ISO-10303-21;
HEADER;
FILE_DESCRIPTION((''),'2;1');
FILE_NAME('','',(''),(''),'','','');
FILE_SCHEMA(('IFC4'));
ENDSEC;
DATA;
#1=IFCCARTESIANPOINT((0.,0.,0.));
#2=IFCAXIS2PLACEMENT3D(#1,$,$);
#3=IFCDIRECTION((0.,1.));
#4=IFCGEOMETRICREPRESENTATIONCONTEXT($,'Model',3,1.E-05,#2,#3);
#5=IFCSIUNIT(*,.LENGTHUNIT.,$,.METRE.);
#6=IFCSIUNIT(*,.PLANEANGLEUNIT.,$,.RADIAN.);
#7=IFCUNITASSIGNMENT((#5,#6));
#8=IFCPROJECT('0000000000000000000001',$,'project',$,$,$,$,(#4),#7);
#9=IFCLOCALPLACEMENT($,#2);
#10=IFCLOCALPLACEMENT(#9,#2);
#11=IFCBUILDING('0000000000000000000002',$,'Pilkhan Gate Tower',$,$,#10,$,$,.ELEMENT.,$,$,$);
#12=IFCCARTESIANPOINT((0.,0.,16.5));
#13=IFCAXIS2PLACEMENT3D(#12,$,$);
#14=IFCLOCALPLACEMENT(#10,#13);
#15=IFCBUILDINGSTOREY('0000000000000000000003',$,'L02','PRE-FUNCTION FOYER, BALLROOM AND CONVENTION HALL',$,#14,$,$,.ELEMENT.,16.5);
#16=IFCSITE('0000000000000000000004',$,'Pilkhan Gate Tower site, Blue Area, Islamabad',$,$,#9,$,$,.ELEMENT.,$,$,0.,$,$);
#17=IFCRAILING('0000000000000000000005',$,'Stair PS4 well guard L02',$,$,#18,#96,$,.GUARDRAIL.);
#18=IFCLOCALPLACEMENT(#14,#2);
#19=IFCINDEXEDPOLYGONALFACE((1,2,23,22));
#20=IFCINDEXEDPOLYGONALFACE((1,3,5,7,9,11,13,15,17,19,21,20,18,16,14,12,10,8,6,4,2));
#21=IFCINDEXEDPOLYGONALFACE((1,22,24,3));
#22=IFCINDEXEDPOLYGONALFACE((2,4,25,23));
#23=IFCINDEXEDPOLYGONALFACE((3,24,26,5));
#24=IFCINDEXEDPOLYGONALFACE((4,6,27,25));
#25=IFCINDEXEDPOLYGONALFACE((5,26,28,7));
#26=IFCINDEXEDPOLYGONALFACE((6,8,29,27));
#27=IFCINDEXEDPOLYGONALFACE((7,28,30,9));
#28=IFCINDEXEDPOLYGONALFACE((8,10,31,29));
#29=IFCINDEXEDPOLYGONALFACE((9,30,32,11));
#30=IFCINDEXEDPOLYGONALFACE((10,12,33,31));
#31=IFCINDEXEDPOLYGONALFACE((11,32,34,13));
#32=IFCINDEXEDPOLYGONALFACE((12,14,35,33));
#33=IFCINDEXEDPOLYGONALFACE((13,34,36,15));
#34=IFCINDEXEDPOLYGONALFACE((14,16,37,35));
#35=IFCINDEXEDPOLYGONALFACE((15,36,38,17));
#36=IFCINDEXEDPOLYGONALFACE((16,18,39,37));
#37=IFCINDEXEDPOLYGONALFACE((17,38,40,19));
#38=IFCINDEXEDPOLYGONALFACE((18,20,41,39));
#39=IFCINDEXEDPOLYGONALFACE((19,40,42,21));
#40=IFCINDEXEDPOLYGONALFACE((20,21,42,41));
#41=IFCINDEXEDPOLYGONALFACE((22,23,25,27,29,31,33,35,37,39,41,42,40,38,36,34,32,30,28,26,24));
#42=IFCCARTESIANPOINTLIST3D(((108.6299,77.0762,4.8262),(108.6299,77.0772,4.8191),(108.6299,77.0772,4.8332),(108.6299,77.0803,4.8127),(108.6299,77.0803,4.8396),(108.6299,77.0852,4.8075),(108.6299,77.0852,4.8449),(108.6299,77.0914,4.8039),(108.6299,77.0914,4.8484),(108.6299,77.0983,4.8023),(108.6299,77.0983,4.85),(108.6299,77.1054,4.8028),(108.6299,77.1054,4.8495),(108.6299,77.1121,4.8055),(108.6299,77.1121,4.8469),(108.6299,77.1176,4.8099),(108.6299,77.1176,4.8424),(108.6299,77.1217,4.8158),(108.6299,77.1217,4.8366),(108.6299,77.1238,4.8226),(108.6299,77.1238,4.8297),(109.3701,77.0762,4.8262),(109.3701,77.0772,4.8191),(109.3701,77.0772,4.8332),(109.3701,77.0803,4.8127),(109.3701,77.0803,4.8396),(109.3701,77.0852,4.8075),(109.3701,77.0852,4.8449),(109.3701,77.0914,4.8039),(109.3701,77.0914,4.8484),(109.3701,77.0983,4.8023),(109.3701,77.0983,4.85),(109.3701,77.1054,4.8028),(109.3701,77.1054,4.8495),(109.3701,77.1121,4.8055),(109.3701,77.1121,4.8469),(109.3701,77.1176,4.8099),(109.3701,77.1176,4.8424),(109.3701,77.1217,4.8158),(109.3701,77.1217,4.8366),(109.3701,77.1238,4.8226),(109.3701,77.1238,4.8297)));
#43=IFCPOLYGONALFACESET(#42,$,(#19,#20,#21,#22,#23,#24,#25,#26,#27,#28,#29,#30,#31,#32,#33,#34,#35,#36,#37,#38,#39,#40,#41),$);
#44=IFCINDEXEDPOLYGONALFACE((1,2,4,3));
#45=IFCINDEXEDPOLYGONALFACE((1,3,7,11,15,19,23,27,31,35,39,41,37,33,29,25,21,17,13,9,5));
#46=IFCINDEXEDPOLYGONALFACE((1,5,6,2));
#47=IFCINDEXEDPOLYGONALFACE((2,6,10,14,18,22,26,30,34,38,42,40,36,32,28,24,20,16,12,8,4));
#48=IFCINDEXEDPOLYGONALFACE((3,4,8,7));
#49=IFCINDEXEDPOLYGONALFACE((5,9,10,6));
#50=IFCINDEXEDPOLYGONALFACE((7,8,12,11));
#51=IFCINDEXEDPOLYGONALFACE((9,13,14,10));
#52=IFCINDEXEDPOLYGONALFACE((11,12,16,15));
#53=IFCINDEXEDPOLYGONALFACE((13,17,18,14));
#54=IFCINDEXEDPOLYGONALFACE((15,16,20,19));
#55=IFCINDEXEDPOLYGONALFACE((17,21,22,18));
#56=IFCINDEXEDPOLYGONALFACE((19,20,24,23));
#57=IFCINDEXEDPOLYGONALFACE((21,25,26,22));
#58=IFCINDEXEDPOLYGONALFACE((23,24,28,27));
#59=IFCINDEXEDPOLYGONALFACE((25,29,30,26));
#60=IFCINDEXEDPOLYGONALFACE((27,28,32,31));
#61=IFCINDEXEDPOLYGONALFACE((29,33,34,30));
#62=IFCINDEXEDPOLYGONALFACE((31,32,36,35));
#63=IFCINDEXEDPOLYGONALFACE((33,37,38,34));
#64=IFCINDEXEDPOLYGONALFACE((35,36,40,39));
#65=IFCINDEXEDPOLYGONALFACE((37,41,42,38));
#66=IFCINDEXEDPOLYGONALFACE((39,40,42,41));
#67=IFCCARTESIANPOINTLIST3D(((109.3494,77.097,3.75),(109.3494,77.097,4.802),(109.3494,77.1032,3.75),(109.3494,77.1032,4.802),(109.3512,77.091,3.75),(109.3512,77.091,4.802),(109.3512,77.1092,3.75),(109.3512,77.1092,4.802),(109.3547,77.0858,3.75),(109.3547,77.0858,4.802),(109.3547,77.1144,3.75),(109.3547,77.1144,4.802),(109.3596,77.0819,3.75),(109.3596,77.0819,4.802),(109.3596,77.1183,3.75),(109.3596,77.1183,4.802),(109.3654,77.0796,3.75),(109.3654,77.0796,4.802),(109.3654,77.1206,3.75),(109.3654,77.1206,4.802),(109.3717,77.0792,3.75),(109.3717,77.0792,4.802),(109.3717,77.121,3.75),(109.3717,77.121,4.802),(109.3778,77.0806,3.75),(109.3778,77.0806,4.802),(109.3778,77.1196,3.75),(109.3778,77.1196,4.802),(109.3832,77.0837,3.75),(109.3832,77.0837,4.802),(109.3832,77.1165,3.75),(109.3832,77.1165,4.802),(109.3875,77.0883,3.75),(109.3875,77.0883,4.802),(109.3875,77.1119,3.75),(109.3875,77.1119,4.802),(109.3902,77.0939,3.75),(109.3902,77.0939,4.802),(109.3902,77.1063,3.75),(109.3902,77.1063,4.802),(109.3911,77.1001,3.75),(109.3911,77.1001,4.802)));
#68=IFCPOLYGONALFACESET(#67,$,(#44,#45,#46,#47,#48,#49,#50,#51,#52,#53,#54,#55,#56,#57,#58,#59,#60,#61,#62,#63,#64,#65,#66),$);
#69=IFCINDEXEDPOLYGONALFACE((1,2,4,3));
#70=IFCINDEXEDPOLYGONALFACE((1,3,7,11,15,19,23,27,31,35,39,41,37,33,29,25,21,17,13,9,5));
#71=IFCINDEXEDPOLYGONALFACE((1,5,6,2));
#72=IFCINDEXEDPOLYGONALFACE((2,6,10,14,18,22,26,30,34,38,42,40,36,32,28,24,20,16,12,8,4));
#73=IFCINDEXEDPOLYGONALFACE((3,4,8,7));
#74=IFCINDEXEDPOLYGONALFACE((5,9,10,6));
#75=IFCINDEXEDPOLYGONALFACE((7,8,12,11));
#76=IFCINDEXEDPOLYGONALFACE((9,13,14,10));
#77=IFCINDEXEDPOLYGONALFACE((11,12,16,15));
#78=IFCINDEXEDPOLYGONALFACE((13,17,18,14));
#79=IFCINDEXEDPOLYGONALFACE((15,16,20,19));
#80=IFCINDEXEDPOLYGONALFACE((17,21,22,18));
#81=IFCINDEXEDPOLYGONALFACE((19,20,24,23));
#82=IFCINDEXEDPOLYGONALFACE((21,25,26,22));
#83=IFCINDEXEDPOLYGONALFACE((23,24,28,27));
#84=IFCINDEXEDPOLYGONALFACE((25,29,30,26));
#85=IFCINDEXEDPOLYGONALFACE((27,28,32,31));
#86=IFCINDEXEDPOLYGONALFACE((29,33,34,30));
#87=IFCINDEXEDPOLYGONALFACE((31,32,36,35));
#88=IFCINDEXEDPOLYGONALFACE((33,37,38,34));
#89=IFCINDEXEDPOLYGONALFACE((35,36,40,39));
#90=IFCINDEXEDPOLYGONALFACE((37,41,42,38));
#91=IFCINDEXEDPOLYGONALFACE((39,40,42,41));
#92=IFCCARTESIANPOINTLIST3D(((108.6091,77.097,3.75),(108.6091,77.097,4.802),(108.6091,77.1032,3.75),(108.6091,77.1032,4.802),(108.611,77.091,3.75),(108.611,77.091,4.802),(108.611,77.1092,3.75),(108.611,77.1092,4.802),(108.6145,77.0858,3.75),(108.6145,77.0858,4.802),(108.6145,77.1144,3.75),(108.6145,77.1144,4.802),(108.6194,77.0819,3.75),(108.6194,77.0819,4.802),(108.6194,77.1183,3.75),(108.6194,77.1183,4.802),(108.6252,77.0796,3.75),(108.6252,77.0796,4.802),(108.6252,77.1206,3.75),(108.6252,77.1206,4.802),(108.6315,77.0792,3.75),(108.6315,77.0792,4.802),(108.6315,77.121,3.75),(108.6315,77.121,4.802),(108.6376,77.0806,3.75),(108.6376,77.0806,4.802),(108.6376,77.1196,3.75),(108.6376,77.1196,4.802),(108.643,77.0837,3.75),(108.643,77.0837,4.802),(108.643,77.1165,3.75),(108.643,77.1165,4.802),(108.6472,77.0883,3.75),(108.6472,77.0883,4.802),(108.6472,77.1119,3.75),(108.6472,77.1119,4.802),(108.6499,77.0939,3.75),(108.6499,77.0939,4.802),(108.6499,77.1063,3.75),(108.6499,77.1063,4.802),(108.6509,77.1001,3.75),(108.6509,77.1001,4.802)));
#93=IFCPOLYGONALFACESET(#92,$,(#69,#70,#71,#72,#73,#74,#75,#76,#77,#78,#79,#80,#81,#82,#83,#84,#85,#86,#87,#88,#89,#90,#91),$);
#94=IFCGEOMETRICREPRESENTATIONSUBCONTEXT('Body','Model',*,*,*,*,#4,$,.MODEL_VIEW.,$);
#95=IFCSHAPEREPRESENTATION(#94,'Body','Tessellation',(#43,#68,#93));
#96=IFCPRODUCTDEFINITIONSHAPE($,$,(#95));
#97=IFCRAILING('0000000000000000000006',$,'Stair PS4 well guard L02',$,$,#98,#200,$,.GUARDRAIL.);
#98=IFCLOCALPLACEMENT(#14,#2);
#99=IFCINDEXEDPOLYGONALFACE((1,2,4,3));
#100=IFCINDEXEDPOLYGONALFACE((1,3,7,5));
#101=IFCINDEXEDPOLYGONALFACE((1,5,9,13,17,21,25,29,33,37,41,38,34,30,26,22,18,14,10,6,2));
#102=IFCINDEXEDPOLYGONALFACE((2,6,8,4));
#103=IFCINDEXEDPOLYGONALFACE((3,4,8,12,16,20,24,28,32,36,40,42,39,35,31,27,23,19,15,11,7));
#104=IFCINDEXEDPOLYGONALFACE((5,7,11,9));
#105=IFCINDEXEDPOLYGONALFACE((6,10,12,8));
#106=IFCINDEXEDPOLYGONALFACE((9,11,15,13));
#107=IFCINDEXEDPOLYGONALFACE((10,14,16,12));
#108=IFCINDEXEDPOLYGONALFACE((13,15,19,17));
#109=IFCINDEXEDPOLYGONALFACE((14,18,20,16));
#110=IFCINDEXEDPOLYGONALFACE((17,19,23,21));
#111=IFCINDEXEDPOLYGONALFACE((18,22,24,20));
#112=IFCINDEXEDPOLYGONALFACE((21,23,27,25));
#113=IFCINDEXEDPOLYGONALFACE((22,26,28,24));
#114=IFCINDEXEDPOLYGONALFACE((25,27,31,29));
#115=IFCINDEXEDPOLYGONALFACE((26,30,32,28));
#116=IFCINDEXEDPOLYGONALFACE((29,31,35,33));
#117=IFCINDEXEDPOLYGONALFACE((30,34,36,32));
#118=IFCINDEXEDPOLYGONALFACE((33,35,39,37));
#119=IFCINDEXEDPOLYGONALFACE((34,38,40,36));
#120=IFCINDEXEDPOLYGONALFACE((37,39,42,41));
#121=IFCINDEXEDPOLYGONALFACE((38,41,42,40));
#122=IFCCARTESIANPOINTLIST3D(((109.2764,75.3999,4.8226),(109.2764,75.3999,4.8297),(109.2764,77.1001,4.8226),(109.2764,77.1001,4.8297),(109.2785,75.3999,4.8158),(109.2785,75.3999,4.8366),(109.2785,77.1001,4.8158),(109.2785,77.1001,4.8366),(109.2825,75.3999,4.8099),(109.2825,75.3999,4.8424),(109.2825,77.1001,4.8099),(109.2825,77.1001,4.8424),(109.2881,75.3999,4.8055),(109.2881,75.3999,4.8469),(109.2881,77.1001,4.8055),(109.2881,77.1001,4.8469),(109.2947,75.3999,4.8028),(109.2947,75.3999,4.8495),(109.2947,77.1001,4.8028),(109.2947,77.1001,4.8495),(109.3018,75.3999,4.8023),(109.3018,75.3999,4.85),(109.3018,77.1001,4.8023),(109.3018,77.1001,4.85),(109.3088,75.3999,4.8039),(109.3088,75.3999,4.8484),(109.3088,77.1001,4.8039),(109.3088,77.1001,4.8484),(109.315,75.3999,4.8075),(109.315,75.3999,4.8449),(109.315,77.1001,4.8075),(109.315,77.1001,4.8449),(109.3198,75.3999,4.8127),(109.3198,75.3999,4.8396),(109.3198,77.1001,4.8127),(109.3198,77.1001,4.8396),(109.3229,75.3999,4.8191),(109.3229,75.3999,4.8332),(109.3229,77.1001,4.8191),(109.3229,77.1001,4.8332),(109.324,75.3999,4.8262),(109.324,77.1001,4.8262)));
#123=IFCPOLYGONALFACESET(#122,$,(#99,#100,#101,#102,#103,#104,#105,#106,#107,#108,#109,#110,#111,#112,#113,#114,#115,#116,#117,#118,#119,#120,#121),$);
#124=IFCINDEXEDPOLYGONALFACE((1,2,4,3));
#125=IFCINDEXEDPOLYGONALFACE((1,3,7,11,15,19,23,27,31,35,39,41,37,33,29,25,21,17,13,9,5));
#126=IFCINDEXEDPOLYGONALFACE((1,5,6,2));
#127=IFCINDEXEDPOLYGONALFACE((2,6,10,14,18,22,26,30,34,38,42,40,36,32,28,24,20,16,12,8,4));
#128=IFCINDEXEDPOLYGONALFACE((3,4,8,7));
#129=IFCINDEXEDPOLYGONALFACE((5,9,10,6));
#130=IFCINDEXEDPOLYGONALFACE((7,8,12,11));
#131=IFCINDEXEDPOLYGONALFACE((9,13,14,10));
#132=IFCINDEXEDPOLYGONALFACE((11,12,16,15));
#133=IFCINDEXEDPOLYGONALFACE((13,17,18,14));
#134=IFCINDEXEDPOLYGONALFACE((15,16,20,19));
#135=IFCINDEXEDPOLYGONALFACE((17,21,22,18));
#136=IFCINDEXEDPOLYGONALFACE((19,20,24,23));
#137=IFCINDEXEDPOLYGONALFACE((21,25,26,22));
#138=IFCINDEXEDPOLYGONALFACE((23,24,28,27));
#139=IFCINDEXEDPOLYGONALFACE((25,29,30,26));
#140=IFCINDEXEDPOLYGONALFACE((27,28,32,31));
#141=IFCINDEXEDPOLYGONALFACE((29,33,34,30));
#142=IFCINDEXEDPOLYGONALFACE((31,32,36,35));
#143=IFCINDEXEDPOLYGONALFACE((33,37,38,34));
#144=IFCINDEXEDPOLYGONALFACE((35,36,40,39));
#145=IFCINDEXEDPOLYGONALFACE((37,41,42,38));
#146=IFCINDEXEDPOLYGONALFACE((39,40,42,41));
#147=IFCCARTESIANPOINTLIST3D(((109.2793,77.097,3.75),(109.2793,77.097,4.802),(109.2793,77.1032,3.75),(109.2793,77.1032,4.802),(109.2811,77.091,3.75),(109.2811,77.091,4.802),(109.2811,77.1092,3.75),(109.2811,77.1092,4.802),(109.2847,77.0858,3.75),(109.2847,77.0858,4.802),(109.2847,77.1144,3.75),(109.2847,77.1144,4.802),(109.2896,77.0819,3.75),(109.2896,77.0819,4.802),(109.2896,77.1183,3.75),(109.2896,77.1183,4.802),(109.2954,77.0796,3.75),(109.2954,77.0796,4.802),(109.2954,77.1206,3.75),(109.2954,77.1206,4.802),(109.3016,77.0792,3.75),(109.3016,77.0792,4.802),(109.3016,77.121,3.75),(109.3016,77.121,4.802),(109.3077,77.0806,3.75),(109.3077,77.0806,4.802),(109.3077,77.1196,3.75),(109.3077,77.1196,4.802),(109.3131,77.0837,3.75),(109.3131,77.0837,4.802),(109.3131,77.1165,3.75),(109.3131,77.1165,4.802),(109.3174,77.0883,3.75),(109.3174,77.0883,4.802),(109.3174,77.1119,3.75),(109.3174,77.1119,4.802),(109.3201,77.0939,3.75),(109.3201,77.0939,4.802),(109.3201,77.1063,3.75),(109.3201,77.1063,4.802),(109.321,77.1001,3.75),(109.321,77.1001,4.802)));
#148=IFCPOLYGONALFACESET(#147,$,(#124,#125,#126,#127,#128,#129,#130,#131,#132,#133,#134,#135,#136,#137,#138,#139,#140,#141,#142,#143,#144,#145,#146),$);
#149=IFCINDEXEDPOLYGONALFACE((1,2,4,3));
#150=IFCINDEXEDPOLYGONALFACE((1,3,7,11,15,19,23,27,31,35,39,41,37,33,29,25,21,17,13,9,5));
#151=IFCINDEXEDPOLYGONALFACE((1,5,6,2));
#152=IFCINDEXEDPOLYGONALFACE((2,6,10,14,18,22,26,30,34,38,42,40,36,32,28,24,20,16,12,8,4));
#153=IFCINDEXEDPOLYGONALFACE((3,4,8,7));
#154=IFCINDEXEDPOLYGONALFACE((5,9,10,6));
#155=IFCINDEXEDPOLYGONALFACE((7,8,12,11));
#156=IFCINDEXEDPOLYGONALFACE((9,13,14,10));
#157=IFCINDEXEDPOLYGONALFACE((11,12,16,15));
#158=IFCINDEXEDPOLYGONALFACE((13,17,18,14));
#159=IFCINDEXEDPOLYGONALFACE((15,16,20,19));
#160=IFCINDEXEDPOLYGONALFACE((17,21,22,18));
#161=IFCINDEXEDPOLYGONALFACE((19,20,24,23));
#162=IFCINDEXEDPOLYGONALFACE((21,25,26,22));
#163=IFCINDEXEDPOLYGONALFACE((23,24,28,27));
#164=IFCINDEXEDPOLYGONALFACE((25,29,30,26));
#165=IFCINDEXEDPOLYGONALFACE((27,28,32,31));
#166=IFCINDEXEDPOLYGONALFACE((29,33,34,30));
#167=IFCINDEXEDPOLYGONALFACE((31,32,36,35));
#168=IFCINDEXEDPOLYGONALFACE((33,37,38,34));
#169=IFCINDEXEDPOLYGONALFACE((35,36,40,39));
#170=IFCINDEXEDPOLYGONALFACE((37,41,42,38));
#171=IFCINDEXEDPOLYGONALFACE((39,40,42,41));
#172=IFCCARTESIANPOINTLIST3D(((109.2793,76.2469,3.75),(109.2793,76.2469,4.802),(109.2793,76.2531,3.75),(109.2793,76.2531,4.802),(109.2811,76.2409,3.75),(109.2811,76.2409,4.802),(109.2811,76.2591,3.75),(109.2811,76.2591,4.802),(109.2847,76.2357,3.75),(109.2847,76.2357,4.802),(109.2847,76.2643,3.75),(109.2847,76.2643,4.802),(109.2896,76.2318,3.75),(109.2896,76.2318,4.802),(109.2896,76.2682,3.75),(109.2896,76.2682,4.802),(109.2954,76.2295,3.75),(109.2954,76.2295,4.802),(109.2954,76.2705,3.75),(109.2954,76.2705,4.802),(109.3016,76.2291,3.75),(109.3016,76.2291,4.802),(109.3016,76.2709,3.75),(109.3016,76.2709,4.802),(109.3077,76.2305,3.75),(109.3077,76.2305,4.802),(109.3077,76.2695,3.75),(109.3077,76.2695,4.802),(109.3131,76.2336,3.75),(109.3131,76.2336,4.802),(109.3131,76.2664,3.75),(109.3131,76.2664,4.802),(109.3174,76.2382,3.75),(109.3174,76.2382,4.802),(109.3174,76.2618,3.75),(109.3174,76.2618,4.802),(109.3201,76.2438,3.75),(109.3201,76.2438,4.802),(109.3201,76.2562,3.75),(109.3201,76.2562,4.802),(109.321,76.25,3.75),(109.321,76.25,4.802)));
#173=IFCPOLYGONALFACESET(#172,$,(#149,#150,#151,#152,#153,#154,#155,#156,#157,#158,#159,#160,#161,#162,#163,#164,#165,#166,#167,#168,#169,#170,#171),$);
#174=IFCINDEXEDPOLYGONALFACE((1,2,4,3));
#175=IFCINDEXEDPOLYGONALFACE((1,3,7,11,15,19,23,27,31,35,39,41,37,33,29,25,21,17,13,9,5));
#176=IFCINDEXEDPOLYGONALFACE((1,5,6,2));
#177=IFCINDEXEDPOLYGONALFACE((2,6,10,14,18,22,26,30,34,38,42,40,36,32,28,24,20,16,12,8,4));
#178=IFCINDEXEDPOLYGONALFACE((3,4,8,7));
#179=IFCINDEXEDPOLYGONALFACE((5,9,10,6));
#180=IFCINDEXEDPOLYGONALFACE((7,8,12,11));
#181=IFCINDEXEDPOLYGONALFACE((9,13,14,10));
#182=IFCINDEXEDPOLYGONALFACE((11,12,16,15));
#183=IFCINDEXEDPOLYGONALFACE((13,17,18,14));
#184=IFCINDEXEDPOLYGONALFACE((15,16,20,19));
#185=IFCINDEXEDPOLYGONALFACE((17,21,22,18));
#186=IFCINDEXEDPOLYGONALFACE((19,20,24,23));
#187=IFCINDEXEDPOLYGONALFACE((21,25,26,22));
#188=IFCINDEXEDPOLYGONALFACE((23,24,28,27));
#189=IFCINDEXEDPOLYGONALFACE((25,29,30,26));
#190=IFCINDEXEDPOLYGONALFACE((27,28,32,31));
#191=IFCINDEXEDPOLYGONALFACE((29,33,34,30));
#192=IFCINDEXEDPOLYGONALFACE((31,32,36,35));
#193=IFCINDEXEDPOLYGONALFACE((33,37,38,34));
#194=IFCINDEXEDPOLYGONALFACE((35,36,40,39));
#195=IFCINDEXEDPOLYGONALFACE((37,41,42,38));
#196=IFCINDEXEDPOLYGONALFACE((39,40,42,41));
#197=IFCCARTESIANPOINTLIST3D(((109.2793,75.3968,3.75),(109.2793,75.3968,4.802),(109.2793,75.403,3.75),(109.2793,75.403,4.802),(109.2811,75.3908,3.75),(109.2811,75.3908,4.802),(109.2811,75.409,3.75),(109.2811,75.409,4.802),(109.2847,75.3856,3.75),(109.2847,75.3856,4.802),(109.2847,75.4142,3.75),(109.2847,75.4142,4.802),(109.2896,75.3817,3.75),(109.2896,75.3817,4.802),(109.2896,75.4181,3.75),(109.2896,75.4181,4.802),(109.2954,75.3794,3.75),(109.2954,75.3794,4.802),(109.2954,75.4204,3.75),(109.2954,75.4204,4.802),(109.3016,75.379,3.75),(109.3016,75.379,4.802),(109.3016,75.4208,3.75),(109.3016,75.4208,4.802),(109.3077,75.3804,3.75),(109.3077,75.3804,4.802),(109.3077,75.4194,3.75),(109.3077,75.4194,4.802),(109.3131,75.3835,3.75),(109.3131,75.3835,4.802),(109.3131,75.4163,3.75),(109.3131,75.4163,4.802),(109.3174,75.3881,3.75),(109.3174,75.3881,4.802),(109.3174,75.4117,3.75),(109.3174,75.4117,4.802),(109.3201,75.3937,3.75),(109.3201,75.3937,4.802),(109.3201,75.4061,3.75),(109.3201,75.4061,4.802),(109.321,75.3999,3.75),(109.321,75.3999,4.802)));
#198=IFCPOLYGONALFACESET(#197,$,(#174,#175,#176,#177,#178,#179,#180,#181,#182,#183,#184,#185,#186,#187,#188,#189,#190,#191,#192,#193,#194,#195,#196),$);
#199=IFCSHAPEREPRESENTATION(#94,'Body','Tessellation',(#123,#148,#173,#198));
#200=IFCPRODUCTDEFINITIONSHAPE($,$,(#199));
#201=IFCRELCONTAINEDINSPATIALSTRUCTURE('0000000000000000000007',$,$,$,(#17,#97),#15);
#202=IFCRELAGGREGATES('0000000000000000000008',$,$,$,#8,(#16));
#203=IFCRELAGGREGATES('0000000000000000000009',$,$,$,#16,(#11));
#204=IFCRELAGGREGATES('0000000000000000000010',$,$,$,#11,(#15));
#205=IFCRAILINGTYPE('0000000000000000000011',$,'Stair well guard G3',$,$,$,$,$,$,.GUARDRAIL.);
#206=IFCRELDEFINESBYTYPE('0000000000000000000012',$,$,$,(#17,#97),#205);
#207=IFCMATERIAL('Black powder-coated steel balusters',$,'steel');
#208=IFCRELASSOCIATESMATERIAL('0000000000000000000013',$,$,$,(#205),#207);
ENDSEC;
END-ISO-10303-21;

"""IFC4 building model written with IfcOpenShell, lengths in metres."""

from ifc_helpers import new_model, si_unit, direction, frame, origin, origin_2d, place, context, subcontext, project, spatial, circle, extrude, material, type_object, element, save


model = new_model("IFC4")

# Units and contexts
model_context = context("Model", 3, precision=1e-05, world=origin(), true_north=direction((0.0, 1.0)))
body_context = subcontext(model_context, "Body", "Model", "MODEL_VIEW")
ifc_project = project(units=[si_unit("LENGTHUNIT", "METRE"), si_unit("PLANEANGLEUNIT", "RADIAN")], contexts=[model_context])

# Site, building, storey
site_placement = place(None, origin())
site = spatial("IfcSite", under=ifc_project, at=site_placement, Name="Pilkhan Gate Tower site, Blue Area, Islamabad", CompositionType="ELEMENT", RefElevation=0.0)
building_placement = place(site_placement, origin())
building = spatial("IfcBuilding", under=site, at=building_placement, Name="Pilkhan Gate Tower", CompositionType="ELEMENT")
storey_placement = place(building_placement, frame((0.0, 0.0, 16.5)))
storey = spatial("IfcBuildingStorey", under=building, at=storey_placement, Name="L02", Description="PRE-FUNCTION FOYER, BALLROOM AND CONVENTION HALL", CompositionType="ELEMENT", Elevation=16.5)

# Railings
ifc_material_1 = material(Name="Black powder-coated steel balusters", Category="steel")
railing_type_1 = type_object("IfcRailingType", Name="Stair well guard G3", PredefinedType="GUARDRAIL", material=ifc_material_1)
railing_1_placement = place(storey_placement, frame((109.3701, 77.1001, 3.75)))
element("IfcRailing", 1, at=railing_1_placement, inside=storey, type_object=railing_type_1, Name="Stair PS4 well guard L02", PredefinedType="GUARDRAIL", context=body_context, shape_type="SweptSolid", body=[
    extrude(circle(Radius=0.0239, at=origin_2d()), frame((0.0, 0.0, 1.0762), z_axis=(-1.0, 0.0, 0.0), x_axis=(0.0, -1.0, 0.0)), (0.0, 0.0, 1.0), 0.7402),
    extrude(circle(Radius=0.021, at=origin_2d()), origin(), (0.0, 0.0, 1.0), 1.052),
    extrude(circle(Radius=0.021, at=origin_2d()), frame((-0.7402, 0.0, 0.0)), (0.0, 0.0, 1.0), 1.052),
])
railing_2_placement = place(storey_placement, frame((109.3, 77.1001, 3.75)))
element("IfcRailing", 2, at=railing_2_placement, inside=storey, type_object=railing_type_1, Name="Stair PS4 well guard L02", PredefinedType="GUARDRAIL", context=body_context, shape_type="SweptSolid", body=[
    extrude(circle(Radius=0.0239, at=origin_2d()), frame((0.0, 0.0, 1.0762), z_axis=(0.0, -1.0, 0.0), x_axis=(1.0, 0.0, 0.0)), (0.0, 0.0, 1.0), 1.7002),
    extrude(circle(Radius=0.021, at=origin_2d()), origin(), (0.0, 0.0, 1.0), 1.052),
    extrude(circle(Radius=0.021, at=origin_2d()), frame((0.0, -0.8501, 0.0)), (0.0, 0.0, 1.0), 1.052),
    extrude(circle(Radius=0.021, at=origin_2d()), frame((0.0, -1.7002, 0.0)), (0.0, 0.0, 1.0), 1.052),
])

save(model, "model.ifc")
